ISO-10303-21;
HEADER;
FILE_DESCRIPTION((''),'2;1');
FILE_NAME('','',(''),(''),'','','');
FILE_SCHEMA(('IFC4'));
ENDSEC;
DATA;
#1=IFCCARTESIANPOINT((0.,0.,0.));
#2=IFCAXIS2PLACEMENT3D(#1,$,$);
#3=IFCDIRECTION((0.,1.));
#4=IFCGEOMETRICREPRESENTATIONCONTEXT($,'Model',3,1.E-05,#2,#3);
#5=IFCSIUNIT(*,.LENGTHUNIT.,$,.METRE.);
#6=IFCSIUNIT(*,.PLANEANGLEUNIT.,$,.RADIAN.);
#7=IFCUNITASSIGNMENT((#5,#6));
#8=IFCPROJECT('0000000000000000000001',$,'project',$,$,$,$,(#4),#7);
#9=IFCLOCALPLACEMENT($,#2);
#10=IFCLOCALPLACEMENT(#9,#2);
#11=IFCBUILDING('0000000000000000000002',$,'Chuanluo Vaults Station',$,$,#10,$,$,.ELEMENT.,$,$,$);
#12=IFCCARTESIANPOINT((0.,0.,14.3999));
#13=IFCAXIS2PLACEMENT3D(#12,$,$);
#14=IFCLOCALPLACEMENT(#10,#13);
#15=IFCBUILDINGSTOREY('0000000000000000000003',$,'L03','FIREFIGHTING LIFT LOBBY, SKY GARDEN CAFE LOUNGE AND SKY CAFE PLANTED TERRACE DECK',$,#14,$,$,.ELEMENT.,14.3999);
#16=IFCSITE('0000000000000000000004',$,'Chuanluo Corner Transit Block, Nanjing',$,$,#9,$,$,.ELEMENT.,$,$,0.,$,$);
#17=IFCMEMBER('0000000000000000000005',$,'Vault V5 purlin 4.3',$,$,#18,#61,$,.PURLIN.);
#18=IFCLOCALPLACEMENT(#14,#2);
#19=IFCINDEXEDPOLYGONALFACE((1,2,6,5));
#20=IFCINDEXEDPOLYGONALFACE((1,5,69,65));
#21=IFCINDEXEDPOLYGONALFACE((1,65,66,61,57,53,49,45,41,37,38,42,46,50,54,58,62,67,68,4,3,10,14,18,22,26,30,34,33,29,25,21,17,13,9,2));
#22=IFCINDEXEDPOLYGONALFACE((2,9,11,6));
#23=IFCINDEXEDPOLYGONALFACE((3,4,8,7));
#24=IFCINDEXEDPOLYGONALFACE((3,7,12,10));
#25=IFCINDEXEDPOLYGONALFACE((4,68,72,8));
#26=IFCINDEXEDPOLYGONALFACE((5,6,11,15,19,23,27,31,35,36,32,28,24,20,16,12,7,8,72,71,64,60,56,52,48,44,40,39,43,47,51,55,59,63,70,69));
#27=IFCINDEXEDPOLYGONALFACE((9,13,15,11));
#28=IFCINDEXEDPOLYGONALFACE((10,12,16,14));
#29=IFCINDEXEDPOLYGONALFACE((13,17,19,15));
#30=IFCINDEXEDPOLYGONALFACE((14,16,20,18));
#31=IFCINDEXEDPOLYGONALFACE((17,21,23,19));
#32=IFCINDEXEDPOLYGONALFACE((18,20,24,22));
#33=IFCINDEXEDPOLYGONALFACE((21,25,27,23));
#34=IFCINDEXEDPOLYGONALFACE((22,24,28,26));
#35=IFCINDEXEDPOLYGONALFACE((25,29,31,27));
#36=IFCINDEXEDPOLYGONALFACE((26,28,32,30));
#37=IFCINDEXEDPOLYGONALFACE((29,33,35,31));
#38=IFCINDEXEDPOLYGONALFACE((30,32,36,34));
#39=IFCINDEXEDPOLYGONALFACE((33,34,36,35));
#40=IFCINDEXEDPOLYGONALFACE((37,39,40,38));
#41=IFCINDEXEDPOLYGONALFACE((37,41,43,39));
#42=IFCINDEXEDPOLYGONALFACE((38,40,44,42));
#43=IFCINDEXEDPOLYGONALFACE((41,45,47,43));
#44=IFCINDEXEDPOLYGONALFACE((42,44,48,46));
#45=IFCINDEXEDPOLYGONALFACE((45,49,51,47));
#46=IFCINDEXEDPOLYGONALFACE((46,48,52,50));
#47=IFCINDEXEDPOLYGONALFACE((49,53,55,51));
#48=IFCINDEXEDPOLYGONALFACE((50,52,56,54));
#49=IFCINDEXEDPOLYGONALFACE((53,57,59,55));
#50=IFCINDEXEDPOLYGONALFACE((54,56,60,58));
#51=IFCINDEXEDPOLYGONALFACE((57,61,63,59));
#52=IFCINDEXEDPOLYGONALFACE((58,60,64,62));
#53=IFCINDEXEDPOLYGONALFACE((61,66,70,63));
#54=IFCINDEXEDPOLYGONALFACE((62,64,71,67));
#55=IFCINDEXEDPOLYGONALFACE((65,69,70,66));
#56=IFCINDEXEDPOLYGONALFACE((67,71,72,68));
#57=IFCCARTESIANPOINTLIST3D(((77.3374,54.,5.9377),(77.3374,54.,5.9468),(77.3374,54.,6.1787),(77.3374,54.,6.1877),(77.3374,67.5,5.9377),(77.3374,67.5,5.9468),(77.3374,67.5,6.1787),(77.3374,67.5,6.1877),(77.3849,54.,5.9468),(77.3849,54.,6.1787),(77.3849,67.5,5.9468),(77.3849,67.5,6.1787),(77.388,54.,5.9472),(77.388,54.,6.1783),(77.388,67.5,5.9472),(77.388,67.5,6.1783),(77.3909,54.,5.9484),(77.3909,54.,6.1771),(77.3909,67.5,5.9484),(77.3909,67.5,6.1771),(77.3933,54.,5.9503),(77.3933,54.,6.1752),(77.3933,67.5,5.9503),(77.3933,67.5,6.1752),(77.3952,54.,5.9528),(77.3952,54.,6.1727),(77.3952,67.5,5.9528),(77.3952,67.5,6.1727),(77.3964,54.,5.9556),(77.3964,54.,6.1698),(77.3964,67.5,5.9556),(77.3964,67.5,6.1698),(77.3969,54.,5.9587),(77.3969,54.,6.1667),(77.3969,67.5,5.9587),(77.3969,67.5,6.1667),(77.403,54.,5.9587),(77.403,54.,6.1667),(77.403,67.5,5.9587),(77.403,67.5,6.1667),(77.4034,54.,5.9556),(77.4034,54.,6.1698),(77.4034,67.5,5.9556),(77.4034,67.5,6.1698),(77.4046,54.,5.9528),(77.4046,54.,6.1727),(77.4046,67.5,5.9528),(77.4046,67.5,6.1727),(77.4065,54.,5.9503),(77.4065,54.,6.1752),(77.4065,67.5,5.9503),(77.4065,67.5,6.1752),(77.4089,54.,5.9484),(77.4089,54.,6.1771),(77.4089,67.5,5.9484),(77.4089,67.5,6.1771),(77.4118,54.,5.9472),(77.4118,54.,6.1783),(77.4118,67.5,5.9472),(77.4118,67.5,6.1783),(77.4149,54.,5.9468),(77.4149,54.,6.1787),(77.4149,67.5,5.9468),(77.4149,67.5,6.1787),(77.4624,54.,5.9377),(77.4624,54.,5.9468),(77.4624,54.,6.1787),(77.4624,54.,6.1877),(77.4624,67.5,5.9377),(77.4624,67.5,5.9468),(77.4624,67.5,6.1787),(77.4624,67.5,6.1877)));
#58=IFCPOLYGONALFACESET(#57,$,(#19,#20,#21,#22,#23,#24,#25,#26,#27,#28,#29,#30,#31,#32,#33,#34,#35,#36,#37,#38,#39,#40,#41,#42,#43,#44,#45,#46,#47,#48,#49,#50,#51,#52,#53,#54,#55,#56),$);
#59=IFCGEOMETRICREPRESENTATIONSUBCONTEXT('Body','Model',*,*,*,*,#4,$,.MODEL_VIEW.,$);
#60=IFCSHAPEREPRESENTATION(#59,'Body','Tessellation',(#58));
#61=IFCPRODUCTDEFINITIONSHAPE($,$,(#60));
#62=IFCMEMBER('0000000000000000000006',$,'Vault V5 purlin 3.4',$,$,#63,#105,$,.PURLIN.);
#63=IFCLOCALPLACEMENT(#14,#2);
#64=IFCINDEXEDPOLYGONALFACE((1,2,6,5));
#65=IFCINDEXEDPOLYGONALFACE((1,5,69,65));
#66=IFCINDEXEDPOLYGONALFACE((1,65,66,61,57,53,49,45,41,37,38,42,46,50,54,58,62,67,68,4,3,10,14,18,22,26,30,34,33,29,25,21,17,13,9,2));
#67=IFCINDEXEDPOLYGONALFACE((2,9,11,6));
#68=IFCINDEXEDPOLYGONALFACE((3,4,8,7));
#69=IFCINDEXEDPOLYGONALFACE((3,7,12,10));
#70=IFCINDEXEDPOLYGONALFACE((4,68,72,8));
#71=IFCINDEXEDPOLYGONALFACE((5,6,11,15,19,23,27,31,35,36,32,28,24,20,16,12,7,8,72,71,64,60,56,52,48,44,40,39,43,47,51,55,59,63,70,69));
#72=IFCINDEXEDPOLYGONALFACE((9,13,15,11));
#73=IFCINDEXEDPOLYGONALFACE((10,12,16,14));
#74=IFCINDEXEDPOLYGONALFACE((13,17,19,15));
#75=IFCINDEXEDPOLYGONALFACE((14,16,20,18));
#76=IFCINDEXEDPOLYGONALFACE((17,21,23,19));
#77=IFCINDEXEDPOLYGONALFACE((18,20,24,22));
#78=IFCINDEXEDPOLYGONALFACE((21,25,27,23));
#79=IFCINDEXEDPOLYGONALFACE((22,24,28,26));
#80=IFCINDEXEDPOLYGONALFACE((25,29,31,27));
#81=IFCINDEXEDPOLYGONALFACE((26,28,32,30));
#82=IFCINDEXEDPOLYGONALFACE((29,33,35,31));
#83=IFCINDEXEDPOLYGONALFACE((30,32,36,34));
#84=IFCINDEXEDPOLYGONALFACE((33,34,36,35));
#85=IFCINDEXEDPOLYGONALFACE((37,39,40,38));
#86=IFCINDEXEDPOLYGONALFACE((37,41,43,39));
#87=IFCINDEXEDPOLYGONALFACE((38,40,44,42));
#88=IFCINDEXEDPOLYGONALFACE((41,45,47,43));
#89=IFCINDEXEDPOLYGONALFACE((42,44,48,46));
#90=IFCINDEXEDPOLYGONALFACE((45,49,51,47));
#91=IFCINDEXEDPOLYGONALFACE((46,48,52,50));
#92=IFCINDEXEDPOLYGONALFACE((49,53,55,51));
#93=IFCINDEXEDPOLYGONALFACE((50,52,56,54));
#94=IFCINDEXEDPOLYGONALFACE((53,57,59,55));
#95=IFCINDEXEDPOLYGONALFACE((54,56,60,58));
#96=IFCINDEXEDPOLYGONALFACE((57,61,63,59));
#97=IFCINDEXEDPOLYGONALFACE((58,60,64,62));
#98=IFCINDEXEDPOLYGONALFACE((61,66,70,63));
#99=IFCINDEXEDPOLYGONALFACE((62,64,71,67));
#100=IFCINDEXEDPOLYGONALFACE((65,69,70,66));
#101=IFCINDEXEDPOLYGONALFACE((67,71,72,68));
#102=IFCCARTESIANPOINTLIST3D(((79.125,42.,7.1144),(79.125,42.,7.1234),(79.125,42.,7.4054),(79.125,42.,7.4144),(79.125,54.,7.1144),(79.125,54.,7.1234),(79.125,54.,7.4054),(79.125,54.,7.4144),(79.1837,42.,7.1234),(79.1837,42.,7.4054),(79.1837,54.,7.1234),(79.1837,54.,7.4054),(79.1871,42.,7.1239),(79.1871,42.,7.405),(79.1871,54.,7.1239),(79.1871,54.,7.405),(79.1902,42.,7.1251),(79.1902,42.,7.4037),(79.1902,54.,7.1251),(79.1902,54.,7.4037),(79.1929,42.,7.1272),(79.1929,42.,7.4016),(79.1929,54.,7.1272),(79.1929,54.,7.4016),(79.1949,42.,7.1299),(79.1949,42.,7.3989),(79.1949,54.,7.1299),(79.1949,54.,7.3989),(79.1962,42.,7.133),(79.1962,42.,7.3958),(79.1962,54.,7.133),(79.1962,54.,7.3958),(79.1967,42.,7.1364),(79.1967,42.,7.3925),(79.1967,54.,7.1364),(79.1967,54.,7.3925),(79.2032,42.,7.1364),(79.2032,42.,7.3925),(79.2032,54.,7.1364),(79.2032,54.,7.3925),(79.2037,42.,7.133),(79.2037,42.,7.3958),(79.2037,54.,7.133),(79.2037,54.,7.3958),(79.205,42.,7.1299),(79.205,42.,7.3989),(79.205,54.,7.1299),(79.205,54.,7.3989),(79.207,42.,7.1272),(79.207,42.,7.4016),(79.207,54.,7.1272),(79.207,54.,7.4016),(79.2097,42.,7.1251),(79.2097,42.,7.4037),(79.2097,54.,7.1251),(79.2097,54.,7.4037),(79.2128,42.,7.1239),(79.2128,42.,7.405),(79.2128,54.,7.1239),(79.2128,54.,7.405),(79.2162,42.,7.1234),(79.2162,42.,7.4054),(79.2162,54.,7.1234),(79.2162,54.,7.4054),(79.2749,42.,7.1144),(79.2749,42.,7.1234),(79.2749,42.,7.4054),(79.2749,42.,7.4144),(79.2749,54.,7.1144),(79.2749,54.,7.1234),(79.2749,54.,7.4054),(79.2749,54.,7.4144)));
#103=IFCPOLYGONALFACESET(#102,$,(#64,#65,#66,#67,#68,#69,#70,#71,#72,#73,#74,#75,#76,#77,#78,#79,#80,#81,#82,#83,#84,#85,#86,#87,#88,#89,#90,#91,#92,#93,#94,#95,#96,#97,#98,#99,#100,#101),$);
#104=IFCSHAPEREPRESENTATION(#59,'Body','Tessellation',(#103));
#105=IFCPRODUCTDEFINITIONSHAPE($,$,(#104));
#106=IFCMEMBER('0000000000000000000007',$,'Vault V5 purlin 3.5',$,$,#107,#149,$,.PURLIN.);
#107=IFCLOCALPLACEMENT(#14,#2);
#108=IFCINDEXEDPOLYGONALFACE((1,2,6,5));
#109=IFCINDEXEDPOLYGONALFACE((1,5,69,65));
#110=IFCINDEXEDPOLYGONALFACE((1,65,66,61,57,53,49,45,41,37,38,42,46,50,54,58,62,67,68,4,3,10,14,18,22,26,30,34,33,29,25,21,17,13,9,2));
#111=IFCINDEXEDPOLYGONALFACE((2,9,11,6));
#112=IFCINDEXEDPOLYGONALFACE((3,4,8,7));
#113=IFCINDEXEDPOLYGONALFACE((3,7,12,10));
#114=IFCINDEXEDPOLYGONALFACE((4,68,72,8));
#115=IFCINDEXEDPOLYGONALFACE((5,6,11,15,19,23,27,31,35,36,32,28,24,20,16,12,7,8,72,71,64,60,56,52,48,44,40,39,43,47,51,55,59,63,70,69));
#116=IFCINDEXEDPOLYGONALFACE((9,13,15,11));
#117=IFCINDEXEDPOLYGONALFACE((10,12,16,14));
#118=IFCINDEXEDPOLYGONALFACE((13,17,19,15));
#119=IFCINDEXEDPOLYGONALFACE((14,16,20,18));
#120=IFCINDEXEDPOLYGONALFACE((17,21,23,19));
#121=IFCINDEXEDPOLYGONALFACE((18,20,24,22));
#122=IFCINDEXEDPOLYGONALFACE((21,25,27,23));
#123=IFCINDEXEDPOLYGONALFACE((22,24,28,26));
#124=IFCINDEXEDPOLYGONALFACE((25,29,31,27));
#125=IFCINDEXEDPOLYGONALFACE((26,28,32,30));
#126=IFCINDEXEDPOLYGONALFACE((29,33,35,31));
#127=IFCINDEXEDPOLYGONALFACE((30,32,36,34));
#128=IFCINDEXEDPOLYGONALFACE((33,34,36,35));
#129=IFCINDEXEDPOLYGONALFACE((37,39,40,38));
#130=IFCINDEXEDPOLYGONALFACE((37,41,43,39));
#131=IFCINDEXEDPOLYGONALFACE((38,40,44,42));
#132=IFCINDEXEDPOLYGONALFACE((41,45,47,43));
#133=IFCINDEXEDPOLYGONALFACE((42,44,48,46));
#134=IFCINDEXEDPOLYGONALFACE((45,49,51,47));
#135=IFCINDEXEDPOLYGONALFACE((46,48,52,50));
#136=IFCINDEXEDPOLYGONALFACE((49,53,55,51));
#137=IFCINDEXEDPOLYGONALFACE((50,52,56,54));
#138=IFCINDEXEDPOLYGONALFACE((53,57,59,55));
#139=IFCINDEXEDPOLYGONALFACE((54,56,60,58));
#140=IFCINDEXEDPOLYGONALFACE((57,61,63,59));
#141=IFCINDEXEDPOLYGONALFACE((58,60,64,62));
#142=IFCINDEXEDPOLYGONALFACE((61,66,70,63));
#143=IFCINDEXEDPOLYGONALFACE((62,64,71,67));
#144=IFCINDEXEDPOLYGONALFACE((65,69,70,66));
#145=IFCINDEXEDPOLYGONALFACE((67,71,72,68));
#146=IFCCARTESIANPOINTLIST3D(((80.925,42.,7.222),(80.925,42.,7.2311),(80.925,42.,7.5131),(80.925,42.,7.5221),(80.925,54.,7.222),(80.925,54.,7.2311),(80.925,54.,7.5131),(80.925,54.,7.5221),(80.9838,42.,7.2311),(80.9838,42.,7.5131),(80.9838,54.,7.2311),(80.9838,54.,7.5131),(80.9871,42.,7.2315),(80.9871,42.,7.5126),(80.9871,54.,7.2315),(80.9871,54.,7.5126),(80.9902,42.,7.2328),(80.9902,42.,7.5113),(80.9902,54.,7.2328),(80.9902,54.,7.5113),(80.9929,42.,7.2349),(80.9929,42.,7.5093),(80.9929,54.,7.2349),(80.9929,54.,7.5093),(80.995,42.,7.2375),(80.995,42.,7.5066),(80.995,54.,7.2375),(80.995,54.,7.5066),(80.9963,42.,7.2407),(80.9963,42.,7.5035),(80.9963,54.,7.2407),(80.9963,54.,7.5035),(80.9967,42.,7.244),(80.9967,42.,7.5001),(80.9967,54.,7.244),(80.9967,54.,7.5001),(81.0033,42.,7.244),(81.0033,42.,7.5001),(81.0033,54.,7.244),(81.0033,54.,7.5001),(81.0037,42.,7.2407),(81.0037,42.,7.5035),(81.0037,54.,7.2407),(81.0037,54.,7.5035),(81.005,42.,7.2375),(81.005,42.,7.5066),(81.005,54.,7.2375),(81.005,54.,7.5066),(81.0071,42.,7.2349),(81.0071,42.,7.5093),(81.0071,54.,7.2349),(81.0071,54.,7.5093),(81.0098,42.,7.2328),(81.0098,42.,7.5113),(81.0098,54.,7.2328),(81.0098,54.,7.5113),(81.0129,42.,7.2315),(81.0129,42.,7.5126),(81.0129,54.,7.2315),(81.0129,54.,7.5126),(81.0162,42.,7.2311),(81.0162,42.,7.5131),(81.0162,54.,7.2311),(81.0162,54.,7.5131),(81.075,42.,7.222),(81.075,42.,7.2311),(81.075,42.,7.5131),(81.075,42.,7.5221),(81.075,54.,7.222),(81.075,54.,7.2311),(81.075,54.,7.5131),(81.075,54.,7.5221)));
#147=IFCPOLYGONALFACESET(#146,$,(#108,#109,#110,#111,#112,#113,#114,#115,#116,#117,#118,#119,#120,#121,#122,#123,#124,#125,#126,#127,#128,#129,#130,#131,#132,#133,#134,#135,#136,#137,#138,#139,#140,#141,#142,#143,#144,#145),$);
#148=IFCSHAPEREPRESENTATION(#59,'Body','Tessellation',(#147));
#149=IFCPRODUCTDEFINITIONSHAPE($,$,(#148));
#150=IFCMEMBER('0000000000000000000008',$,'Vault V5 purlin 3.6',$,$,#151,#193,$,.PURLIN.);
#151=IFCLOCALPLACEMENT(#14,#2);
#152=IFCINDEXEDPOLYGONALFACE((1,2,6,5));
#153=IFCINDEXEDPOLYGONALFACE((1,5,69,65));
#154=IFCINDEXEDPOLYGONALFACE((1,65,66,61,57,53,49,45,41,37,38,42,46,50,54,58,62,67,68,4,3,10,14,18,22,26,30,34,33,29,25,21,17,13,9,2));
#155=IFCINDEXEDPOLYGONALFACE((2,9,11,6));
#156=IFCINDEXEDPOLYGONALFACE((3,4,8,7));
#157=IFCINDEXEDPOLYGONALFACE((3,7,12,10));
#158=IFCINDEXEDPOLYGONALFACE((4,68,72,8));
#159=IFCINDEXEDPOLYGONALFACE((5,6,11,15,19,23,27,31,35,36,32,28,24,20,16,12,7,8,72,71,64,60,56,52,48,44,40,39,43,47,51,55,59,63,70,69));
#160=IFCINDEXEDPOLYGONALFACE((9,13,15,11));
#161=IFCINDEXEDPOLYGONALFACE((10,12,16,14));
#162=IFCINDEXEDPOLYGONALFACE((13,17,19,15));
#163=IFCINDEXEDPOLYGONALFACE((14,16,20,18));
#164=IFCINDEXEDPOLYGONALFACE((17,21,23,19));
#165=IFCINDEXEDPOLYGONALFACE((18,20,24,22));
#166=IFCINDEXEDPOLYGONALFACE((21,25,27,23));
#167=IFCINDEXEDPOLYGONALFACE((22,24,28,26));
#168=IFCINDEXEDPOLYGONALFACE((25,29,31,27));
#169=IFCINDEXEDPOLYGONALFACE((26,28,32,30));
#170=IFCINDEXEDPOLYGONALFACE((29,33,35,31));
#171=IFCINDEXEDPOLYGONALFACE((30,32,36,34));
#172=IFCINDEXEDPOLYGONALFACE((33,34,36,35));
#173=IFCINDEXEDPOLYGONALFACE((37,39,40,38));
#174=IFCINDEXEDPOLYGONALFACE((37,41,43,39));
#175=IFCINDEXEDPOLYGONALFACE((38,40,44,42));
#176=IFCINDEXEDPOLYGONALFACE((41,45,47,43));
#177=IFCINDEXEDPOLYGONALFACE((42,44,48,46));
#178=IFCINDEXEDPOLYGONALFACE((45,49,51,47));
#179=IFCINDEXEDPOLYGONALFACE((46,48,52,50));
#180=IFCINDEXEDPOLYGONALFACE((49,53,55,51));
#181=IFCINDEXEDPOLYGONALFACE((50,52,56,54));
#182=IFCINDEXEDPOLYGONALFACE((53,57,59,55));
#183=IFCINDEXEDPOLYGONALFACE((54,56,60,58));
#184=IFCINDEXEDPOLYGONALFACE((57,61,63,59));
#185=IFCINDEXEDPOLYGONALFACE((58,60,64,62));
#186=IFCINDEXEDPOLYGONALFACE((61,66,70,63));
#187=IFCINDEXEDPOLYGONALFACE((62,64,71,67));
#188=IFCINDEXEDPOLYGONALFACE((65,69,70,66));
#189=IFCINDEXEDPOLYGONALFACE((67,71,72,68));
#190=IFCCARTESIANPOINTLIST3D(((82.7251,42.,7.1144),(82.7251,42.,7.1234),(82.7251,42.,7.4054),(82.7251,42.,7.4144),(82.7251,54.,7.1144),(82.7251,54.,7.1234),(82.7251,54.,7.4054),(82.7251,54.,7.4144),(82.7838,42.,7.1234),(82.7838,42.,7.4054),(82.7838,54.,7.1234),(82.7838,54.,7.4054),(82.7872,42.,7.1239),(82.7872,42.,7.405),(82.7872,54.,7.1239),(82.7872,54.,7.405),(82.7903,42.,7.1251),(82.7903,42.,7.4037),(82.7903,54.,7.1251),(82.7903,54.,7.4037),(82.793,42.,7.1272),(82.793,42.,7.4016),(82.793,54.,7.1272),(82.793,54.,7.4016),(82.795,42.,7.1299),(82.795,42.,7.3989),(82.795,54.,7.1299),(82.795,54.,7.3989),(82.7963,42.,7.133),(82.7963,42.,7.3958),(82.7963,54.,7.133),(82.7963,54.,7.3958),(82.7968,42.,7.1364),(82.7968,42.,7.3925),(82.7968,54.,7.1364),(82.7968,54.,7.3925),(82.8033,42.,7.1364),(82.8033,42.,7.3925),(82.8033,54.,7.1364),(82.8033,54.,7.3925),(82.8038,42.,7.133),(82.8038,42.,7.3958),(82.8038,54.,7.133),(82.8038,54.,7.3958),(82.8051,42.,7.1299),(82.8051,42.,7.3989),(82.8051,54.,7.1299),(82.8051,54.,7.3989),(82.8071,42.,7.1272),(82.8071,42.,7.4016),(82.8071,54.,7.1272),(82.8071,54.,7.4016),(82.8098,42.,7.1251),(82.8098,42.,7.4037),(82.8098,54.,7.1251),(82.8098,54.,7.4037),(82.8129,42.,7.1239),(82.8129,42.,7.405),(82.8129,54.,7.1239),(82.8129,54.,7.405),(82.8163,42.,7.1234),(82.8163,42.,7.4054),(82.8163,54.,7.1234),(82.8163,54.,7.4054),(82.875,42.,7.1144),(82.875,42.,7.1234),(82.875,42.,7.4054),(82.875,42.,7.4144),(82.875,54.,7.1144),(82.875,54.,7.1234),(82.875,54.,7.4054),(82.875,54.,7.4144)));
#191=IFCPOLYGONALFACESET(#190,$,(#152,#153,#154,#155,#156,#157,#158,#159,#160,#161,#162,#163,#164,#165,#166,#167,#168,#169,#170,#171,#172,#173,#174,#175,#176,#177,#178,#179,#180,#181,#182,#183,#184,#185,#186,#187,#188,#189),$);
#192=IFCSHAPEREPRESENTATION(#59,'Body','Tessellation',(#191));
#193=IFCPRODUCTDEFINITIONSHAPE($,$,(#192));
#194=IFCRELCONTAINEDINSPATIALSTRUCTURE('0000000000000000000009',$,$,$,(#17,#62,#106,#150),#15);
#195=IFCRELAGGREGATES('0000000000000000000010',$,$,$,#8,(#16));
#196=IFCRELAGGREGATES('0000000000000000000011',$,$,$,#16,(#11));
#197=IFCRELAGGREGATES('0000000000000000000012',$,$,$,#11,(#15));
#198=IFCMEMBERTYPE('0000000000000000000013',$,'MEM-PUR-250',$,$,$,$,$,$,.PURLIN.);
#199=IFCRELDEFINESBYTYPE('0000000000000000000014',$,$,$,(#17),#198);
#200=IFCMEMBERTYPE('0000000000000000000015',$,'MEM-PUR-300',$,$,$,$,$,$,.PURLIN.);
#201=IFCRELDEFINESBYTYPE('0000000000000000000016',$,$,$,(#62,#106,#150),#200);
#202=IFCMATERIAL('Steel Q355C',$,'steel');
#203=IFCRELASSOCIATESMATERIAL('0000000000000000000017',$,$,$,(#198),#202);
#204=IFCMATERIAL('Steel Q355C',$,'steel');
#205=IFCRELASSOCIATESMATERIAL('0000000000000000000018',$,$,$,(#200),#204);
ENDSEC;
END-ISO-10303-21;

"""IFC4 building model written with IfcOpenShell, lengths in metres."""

from ifc_helpers import new_model, si_unit, direction, frame, origin, origin_2d, place, context, subcontext, project, spatial, i_section, extrude, material, material_profile, profile_set, type_object, element, save


model = new_model("IFC4")

# Units and contexts
model_context = context("Model", 3, precision=1e-05, world=origin(), true_north=direction((0.0, 1.0)))
body_context = subcontext(model_context, "Body", "Model", "MODEL_VIEW")
ifc_project = project(units=[si_unit("LENGTHUNIT", "METRE"), si_unit("PLANEANGLEUNIT", "RADIAN")], contexts=[model_context])

# Site, building, storey
site_placement = place(None, origin())
site = spatial("IfcSite", under=ifc_project, at=site_placement, Name="Chuanluo Corner Transit Block, Nanjing", CompositionType="ELEMENT", RefElevation=0.0)
building_placement = place(site_placement, origin())
building = spatial("IfcBuilding", under=site, at=building_placement, Name="Chuanluo Vaults Station", CompositionType="ELEMENT")
storey_placement = place(building_placement, frame((0.0, 0.0, 14.3999)))
storey = spatial("IfcBuildingStorey", under=building, at=storey_placement, Name="L03", Description="FIREFIGHTING LIFT LOBBY, SKY GARDEN CAFE LOUNGE AND SKY CAFE PLANTED TERRACE DECK", CompositionType="ELEMENT", Elevation=14.3999)

# Members
ifc_material_1 = material(Name="Steel Q355C", Category="steel")
ifc_material_profile_1 = material_profile(ifc_material_1, i_section(OverallWidth=0.125, OverallDepth=0.25, WebThickness=0.0061, FlangeThickness=0.009, FilletRadius=0.012, at=origin_2d()))
ifc_profile_set_1 = profile_set([ifc_material_profile_1], Name="Steel Q355C")
member_type_1 = type_object("IfcMemberType", Name="MEM-PUR-250", PredefinedType="PURLIN", material=ifc_profile_set_1)
for number, where, z_axis, x_axis, name in (
    (1, (77.3999, 54.0, 6.0627), (0.0, 1.0, 0.0), (-1.0, 0.0, 0.0), "Vault V5 purlin 4.3"),
):
    element("IfcMember", number, at=place(storey_placement, frame(where, z_axis=z_axis, x_axis=x_axis)), inside=storey, type_object=member_type_1, Name=name, PredefinedType="PURLIN", context=body_context, shape_type="SweptSolid", body=[
        extrude(i_section(OverallWidth=0.125, OverallDepth=0.25, WebThickness=0.0061, FlangeThickness=0.009, FilletRadius=0.012, at=origin_2d()), origin(), (0.0, 0.0, 1.0), 13.5),
    ])
ifc_material_2 = material(Name="Steel Q355C", Category="steel")
ifc_material_profile_2 = material_profile(ifc_material_2, i_section(OverallWidth=0.1499, OverallDepth=0.3, WebThickness=0.0066, FlangeThickness=0.009, FilletRadius=0.0129, at=origin_2d()))
ifc_profile_set_2 = profile_set([ifc_material_profile_2], Name="Steel Q355C")
member_type_2 = type_object("IfcMemberType", Name="MEM-PUR-300", PredefinedType="PURLIN", material=ifc_profile_set_2)
for number, where, z_axis, x_axis, name in (
    (2, (79.2, 42.0, 7.2644), (0.0, 1.0, 0.0), (-1.0, 0.0, 0.0), "Vault V5 purlin 3.4"),
    (3, (81.0, 42.0, 7.3721), (0.0, 1.0, 0.0), (-1.0, 0.0, 0.0), "Vault V5 purlin 3.5"),
    (4, (82.8, 42.0, 7.2644), (0.0, 1.0, 0.0), (-1.0, 0.0, 0.0), "Vault V5 purlin 3.6"),
):
    element("IfcMember", number, at=place(storey_placement, frame(where, z_axis=z_axis, x_axis=x_axis)), inside=storey, type_object=member_type_2, Name=name, PredefinedType="PURLIN", context=body_context, shape_type="SweptSolid", body=[
        extrude(i_section(OverallWidth=0.1499, OverallDepth=0.3, WebThickness=0.0066, FlangeThickness=0.009, FilletRadius=0.0129, at=origin_2d()), origin(), (0.0, 0.0, 1.0), 12.0),
    ])

save(model, "model.ifc")
